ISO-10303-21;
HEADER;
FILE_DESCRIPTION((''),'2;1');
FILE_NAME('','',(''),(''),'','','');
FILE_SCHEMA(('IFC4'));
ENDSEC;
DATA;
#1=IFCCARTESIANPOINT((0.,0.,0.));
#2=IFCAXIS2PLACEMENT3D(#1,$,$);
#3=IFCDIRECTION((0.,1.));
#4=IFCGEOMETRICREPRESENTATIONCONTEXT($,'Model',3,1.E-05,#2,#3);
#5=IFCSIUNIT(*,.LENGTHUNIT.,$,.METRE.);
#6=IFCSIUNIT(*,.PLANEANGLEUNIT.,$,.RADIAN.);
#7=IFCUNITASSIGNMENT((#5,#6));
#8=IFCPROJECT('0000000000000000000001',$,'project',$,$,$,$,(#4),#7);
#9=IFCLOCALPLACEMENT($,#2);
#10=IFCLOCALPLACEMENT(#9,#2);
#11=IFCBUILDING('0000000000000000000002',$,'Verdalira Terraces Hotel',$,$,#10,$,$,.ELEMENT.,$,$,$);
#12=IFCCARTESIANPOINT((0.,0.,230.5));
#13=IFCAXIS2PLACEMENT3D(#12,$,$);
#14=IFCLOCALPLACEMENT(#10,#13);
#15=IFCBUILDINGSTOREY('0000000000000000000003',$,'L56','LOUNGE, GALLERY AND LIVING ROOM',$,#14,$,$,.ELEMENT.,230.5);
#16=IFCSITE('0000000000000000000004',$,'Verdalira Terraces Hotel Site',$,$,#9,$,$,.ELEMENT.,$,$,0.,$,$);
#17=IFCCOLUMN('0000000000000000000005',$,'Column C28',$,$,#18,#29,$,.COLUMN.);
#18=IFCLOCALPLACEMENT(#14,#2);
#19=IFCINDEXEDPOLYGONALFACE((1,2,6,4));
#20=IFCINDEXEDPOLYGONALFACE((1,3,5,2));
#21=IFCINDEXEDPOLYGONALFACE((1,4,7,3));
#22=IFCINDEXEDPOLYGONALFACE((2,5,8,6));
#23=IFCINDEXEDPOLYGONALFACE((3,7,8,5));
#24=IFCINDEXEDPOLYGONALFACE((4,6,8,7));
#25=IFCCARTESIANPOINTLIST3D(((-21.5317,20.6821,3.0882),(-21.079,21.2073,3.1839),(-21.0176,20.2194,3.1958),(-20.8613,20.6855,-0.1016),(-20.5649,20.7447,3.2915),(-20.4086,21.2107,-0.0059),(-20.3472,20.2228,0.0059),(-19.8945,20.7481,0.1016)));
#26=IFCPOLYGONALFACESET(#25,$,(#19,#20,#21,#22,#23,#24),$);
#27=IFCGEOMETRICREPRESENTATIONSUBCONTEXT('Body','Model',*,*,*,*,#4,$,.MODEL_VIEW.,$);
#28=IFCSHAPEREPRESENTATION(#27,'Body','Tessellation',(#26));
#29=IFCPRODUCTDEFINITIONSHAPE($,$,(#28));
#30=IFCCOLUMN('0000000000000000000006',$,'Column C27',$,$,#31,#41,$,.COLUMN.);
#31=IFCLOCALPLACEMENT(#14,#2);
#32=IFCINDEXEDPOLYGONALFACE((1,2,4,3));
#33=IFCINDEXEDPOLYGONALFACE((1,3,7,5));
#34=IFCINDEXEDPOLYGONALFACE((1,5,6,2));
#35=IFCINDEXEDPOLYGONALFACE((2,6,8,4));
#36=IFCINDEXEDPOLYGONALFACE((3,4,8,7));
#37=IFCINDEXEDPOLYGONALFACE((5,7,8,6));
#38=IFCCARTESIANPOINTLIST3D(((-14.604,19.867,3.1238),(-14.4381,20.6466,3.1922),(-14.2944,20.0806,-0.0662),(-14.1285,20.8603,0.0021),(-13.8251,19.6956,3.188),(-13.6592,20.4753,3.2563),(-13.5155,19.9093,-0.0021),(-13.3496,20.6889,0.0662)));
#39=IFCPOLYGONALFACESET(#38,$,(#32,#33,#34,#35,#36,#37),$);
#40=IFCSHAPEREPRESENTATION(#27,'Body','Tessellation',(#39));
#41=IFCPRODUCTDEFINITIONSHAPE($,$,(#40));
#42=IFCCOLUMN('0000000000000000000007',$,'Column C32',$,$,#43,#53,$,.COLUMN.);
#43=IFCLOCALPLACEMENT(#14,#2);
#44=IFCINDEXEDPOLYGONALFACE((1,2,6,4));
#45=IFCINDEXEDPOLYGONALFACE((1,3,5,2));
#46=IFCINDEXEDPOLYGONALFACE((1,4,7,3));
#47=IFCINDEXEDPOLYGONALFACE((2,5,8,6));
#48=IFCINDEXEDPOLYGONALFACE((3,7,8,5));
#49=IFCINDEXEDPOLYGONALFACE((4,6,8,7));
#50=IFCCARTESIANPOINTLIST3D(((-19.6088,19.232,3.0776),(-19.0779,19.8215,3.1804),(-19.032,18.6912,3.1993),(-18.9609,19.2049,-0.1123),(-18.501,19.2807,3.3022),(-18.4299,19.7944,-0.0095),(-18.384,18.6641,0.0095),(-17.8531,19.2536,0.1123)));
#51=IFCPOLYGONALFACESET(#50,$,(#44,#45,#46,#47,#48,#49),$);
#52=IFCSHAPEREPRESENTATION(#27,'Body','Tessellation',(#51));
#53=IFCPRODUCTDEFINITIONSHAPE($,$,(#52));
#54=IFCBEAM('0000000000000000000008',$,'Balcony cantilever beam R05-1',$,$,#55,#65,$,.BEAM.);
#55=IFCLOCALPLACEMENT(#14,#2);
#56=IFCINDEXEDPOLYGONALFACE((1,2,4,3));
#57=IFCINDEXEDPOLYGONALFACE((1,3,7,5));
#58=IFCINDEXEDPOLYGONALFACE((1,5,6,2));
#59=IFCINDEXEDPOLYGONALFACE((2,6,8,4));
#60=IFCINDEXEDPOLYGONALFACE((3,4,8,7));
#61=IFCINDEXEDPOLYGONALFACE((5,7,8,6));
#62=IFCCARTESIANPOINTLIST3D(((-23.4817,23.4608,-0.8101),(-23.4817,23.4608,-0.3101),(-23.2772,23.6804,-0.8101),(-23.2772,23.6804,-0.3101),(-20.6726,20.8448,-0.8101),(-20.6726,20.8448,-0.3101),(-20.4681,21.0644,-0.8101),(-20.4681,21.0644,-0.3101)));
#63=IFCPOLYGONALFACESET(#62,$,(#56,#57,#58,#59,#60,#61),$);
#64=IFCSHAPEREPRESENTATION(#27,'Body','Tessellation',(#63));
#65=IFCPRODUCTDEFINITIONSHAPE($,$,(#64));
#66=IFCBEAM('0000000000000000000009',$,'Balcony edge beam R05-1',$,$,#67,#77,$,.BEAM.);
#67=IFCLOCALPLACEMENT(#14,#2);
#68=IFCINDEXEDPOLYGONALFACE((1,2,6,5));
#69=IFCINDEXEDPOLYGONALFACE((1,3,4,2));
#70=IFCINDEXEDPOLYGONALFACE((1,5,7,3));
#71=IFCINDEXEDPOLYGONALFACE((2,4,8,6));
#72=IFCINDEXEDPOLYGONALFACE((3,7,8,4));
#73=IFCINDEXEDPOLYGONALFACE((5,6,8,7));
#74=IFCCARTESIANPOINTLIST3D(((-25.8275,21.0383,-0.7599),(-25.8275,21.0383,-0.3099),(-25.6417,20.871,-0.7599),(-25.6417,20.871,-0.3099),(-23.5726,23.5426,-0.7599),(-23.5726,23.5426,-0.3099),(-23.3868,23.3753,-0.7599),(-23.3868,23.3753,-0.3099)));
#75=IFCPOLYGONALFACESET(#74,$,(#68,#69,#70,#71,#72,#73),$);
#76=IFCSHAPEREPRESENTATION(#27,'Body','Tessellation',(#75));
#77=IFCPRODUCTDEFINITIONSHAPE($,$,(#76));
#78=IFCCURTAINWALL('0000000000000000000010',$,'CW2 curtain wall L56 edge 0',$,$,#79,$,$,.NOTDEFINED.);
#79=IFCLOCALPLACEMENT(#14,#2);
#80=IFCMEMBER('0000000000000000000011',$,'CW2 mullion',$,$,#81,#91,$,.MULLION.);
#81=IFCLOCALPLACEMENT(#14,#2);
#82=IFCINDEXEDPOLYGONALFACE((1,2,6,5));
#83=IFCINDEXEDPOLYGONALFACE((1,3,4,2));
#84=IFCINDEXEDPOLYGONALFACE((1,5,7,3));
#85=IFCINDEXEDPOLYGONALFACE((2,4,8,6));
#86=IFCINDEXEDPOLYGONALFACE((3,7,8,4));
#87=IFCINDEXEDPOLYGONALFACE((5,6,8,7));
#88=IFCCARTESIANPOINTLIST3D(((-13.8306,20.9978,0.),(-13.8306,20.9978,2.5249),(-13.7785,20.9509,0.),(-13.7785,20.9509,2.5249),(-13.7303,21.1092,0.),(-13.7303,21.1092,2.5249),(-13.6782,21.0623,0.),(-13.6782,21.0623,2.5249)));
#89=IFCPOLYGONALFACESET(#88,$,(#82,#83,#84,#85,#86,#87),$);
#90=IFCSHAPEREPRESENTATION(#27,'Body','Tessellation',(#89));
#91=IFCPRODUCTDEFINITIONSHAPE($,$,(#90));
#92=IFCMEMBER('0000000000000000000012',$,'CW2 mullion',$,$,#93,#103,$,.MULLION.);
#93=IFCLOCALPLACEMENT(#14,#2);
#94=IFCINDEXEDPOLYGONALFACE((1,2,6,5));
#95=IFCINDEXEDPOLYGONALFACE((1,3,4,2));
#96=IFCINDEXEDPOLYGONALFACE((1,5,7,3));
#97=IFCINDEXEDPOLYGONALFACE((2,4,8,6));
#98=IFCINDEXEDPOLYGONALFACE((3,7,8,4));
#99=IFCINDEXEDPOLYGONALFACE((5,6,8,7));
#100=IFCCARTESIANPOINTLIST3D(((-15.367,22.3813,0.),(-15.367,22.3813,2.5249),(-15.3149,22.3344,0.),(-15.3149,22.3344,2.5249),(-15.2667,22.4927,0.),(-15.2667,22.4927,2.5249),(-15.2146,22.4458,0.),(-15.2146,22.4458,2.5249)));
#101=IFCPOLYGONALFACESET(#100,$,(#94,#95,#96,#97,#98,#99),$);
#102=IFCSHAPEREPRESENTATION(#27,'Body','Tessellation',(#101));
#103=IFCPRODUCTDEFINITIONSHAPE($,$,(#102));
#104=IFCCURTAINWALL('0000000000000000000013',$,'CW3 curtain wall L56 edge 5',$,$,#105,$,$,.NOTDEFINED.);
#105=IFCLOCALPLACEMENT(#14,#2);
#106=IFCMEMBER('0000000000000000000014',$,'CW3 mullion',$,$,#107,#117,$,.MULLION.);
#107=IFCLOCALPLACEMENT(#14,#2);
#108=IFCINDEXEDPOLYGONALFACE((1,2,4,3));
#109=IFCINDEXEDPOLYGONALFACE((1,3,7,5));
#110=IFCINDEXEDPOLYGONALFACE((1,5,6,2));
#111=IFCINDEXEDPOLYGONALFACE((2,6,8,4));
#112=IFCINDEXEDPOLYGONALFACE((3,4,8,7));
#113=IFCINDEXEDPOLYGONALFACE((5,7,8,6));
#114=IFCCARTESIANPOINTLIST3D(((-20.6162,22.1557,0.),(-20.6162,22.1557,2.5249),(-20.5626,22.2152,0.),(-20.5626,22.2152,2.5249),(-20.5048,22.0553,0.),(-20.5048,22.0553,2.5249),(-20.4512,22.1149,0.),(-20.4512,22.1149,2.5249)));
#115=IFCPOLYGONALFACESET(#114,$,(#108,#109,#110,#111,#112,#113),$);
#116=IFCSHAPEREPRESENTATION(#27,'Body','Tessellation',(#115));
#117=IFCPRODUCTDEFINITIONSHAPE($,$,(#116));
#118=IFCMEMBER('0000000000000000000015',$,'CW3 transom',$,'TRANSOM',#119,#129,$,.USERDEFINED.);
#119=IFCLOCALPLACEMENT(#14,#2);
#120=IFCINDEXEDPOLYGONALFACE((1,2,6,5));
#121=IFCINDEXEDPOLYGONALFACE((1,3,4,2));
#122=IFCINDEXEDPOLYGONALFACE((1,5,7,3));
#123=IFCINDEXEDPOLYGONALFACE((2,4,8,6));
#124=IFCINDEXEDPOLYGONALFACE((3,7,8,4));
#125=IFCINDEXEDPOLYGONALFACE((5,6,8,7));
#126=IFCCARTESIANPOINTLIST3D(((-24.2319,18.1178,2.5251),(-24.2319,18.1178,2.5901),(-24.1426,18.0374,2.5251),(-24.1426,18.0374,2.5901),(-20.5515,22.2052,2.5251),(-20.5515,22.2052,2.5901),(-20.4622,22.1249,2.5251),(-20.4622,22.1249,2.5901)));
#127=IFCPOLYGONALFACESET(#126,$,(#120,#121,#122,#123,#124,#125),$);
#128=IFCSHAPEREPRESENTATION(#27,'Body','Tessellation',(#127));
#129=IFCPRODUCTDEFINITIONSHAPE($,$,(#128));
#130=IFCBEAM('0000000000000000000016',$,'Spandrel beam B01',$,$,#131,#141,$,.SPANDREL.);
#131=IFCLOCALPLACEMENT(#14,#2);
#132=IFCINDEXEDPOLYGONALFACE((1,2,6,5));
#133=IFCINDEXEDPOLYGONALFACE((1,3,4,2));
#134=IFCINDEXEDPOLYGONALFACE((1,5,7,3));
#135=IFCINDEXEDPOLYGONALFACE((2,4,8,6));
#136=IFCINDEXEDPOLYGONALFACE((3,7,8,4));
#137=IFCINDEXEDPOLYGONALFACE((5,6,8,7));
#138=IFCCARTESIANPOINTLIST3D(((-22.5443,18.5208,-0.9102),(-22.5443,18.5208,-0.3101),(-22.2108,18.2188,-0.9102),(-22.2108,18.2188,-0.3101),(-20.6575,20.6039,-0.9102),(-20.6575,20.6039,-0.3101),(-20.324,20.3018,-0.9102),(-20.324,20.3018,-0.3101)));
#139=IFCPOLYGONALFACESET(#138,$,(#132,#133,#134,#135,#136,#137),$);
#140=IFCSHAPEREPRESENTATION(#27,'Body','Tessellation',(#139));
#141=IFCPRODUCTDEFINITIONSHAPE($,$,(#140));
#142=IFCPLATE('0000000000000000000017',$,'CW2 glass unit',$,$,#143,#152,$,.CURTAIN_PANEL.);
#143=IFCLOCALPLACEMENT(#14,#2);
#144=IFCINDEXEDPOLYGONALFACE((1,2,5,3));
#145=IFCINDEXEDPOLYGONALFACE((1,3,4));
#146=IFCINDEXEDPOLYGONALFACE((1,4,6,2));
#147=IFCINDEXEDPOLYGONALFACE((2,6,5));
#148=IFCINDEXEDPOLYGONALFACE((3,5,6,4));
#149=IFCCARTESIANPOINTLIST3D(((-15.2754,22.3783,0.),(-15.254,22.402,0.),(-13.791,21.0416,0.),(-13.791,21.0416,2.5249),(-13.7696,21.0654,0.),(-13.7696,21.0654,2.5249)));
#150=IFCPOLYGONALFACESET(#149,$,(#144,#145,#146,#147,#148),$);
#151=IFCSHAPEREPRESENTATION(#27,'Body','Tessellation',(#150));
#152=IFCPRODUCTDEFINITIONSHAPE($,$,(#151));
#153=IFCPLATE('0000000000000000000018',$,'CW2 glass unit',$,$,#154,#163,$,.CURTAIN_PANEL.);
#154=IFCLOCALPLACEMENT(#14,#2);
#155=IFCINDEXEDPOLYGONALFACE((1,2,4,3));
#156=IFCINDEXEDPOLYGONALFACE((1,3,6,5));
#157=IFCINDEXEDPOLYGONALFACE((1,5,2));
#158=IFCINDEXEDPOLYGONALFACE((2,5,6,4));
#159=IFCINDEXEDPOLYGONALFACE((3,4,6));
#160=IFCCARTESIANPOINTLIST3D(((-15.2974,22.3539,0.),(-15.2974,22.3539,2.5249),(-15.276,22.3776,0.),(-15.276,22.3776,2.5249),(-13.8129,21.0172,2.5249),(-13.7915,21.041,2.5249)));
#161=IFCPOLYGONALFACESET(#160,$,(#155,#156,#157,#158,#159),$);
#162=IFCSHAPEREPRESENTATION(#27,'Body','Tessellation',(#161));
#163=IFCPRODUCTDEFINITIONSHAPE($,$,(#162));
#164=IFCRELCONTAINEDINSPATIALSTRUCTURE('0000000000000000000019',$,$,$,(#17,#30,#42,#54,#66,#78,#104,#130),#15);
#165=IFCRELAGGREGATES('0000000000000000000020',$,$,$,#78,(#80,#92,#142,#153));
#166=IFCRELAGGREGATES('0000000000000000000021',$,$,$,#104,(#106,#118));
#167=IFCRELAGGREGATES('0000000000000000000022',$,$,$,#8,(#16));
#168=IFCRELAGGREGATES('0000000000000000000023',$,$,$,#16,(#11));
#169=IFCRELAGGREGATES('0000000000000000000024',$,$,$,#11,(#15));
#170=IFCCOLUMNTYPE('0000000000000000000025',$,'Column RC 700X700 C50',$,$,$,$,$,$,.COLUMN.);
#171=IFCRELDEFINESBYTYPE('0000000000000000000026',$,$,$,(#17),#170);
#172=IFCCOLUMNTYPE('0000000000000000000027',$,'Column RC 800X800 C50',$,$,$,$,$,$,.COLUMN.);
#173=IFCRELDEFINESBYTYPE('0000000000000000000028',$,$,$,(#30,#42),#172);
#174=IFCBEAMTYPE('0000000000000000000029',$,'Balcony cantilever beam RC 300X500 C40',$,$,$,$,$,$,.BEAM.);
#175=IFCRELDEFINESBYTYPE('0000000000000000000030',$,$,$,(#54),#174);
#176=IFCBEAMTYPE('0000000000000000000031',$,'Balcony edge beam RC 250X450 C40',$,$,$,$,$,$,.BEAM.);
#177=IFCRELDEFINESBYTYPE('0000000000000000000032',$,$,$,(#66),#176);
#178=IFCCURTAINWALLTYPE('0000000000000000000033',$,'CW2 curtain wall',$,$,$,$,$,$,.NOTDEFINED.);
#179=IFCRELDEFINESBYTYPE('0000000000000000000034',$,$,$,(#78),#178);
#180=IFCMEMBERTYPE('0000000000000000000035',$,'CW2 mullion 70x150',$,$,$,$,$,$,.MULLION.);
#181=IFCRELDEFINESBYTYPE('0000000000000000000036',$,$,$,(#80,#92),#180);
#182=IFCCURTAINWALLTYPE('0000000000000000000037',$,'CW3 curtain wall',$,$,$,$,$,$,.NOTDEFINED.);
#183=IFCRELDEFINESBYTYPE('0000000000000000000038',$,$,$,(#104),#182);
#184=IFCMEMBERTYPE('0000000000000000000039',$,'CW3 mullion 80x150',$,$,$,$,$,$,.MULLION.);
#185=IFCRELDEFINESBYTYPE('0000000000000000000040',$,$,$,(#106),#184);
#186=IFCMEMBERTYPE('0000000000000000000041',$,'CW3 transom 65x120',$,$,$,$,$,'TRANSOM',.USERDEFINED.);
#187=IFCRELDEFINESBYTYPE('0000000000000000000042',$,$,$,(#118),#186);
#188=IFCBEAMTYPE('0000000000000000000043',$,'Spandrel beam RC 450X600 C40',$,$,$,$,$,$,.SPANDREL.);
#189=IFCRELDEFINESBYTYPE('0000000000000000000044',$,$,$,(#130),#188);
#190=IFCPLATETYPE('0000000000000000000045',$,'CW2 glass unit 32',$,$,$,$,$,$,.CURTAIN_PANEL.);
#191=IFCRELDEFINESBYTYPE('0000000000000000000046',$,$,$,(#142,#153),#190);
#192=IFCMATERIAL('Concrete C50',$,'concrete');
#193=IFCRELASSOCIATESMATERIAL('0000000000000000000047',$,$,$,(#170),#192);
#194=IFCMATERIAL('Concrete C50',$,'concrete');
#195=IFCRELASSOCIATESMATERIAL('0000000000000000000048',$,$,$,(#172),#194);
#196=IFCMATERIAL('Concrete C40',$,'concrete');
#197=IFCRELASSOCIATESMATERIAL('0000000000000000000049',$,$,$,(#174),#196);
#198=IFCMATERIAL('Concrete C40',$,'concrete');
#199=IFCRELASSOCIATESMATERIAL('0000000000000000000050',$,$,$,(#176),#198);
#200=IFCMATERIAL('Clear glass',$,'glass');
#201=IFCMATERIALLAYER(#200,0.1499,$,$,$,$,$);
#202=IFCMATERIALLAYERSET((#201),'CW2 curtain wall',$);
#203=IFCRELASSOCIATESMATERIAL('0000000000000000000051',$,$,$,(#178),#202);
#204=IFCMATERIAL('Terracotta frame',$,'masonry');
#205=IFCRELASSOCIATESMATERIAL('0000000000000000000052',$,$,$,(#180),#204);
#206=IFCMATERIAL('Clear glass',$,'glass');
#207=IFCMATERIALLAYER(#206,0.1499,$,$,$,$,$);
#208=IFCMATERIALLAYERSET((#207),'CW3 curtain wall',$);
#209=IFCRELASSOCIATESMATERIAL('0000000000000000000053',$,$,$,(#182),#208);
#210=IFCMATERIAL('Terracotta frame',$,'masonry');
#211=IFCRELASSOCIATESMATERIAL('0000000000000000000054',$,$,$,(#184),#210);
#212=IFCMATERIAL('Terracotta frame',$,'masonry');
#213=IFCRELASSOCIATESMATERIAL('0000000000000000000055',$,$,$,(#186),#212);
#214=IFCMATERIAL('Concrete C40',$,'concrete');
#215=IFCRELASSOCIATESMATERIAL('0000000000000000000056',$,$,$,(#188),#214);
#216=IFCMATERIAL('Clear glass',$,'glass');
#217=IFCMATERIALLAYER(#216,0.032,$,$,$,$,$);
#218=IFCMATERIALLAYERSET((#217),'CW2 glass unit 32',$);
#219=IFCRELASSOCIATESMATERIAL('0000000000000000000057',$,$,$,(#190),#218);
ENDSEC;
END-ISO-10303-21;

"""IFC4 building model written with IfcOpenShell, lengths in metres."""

from ifc_helpers import new_model, si_unit, direction, frame, origin, origin_2d, place, context, subcontext, project, spatial, polyline, rectangle, outline, extrude, material, layer, layer_set, material_profile, profile_set, type_object, element, aggregate, save


model = new_model("IFC4")

# Units and contexts
model_context = context("Model", 3, precision=1e-05, world=origin(), true_north=direction((0.0, 1.0)))
body_context = subcontext(model_context, "Body", "Model", "MODEL_VIEW")
ifc_project = project(units=[si_unit("LENGTHUNIT", "METRE"), si_unit("PLANEANGLEUNIT", "RADIAN")], contexts=[model_context])

# Site, building, storey
site_placement = place(None, origin())
site = spatial("IfcSite", under=ifc_project, at=site_placement, Name="Verdalira Terraces Hotel Site", CompositionType="ELEMENT", RefElevation=0.0)
building_placement = place(site_placement, origin())
building = spatial("IfcBuilding", under=site, at=building_placement, Name="Verdalira Terraces Hotel", CompositionType="ELEMENT")
storey_placement = place(building_placement, frame((0.0, 0.0, 230.5)))
storey = spatial("IfcBuildingStorey", under=building, at=storey_placement, Name="L56", Description="LOUNGE, GALLERY AND LIVING ROOM", CompositionType="ELEMENT", Elevation=230.5)

# Columns
ifc_material_1 = material(Name="Concrete C50", Category="concrete")
ifc_material_profile_1 = material_profile(ifc_material_1, rectangle(XDim=0.7, YDim=0.7, at=origin_2d()), Name="RC 700X700")
ifc_profile_set_1 = profile_set([ifc_material_profile_1], Name="Concrete C50")
column_type_1 = type_object("IfcColumnType", Name="Column RC 700X700 C50", PredefinedType="COLUMN", material=ifc_profile_set_1)
column_1_placement = place(storey_placement, frame((-20.3779, 20.7168, 0.0), z_axis=(-0.205671, -0.001049, 0.978621), x_axis=(-0.646714, -0.750379, -0.13672)))
element("IfcColumn", 1, at=column_1_placement, inside=storey, type_object=column_type_1, Name="Column C28", PredefinedType="COLUMN", context=body_context, shape_type="SweptSolid", body=[
    extrude(rectangle(XDim=0.7, YDim=0.7, at=origin_2d()), origin(), (0.0, 0.0, 1.0), 3.2595),
])
ifc_material_2 = material(Name="Concrete C50", Category="concrete")
ifc_material_profile_2 = material_profile(ifc_material_2, rectangle(XDim=0.8, YDim=0.8, at=origin_2d()), Name="RC 800X800")
ifc_profile_set_2 = profile_set([ifc_material_profile_2], Name="Concrete C50")
column_type_2 = type_object("IfcColumnType", Name="Column RC 800X800 C50", PredefinedType="COLUMN", material=ifc_profile_set_2)
column_2_placement = place(storey_placement, frame((-13.822, 20.3848, 0.0), z_axis=(-0.096378, -0.066507, 0.99312), x_axis=(0.973508, -0.214152, 0.080134)))
element("IfcColumn", 2, at=column_2_placement, inside=storey, type_object=column_type_2, Name="Column C27", PredefinedType="COLUMN", context=body_context, shape_type="SweptSolid", body=[
    extrude(rectangle(XDim=0.8, YDim=0.8, at=origin_2d()), origin(), (0.0, 0.0, 1.0), 3.2122),
])
column_3_placement = place(storey_placement, frame((-18.407, 19.2292, 0.0), z_axis=(-0.199051, 0.008325, 0.979954), x_axis=(-0.72106, 0.675948, -0.152206)))
element("IfcColumn", 3, at=column_3_placement, inside=storey, type_object=column_type_2, Name="Column C32", PredefinedType="COLUMN", context=body_context, shape_type="SweptSolid", body=[
    extrude(rectangle(XDim=0.8, YDim=0.8, at=origin_2d()), origin(), (0.0, 0.0, 1.0), 3.2551),
])

# Beams
ifc_material_3 = material(Name="Concrete C40", Category="concrete")
ifc_material_profile_3 = material_profile(ifc_material_3, rectangle(XDim=0.3, YDim=0.5, at=origin_2d()), Name="RC 300X500")
ifc_profile_set_3 = profile_set([ifc_material_profile_3], Name="Concrete C40")
beam_type_1 = type_object("IfcBeamType", Name="Balcony cantilever beam RC 300X500 C40", PredefinedType="BEAM", material=ifc_profile_set_3)
beam_1_placement = place(storey_placement, frame((-20.5703, 20.9546, -0.5601), z_axis=(-0.731814, 0.681504, 0.0), x_axis=(-0.681504, -0.731814, 0.0)))
element("IfcBeam", 4, at=beam_1_placement, inside=storey, type_object=beam_type_1, Name="Balcony cantilever beam R05-1", PredefinedType="BEAM", context=body_context, shape_type="SweptSolid", body=[
    extrude(rectangle(XDim=0.3, YDim=0.5, at=origin_2d()), origin(), (0.0, 0.0, 1.0), 3.8386),
])
ifc_material_4 = material(Name="Concrete C40", Category="concrete")
ifc_material_profile_4 = material_profile(ifc_material_4, rectangle(XDim=0.25, YDim=0.45, at=origin_2d()), Name="RC 250X450")
ifc_profile_set_4 = profile_set([ifc_material_profile_4], Name="Concrete C40")
beam_type_2 = type_object("IfcBeamType", Name="Balcony edge beam RC 250X450 C40", PredefinedType="BEAM", material=ifc_profile_set_4)
beam_2_placement = place(storey_placement, frame((-23.4797, 23.459, -0.5349), z_axis=(-0.669117, -0.743157, 0.0), x_axis=(0.743157, -0.669117, 0.0)))
element("IfcBeam", 5, at=beam_2_placement, inside=storey, type_object=beam_type_2, Name="Balcony edge beam R05-1", PredefinedType="BEAM", context=body_context, shape_type="SweptSolid", body=[
    extrude(rectangle(XDim=0.25, YDim=0.45, at=origin_2d()), origin(), (0.0, 0.0, 1.0), 3.3699),
])

# Curtain walls, members
ifc_material_5 = material(Name="Clear glass", Category="glass")
ifc_layer_1 = layer(ifc_material_5, 0.1499)
ifc_layer_set_1 = layer_set([ifc_layer_1], Name="CW2 curtain wall")
curtain_wall_type_1 = type_object("IfcCurtainWallType", Name="CW2 curtain wall", PredefinedType="NOTDEFINED", material=ifc_layer_set_1)
curtain_wall_1_placement = place(storey_placement, origin())
curtain_wall_1 = element("IfcCurtainWall", 6, at=curtain_wall_1_placement, inside=storey, type_object=curtain_wall_type_1, Name="CW2 curtain wall L56 edge 0", PredefinedType="NOTDEFINED")
ifc_material_6 = material(Name="Terracotta frame", Category="masonry")
ifc_material_profile_5 = material_profile(ifc_material_6, rectangle(XDim=0.0701, YDim=0.1499, at=origin_2d()), Name="MU 70x150")
ifc_profile_set_5 = profile_set([ifc_material_profile_5], Name="Terracotta frame")
member_type_1 = type_object("IfcMemberType", Name="CW2 mullion 70x150", PredefinedType="MULLION", material=ifc_profile_set_5)
member_1_placement = place(storey_placement, frame((-13.7544, 21.03, 0.0), z_axis=(0.0, 0.0, 1.0), x_axis=(-0.743145, 0.669131, 0.0)))
member_1 = element("IfcMember", 7, at=member_1_placement, type_object=member_type_1, Name="CW2 mullion", PredefinedType="MULLION", context=body_context, shape_type="SweptSolid", body=[
    extrude(rectangle(XDim=0.0701, YDim=0.1499, at=origin_2d()), origin(), (0.0, 0.0, 1.0), 2.5249),
])
member_2_placement = place(storey_placement, frame((-15.2908, 22.4136, 0.0), z_axis=(0.0, 0.0, 1.0), x_axis=(-0.743145, 0.669131, 0.0)))
member_2 = element("IfcMember", 8, at=member_2_placement, type_object=member_type_1, Name="CW2 mullion", PredefinedType="MULLION", context=body_context, shape_type="SweptSolid", body=[
    extrude(rectangle(XDim=0.0701, YDim=0.1499, at=origin_2d()), origin(), (0.0, 0.0, 1.0), 2.5249),
])
ifc_material_7 = material(Name="Clear glass", Category="glass")
ifc_layer_2 = layer(ifc_material_7, 0.1499)
ifc_layer_set_2 = layer_set([ifc_layer_2], Name="CW3 curtain wall")
curtain_wall_type_2 = type_object("IfcCurtainWallType", Name="CW3 curtain wall", PredefinedType="NOTDEFINED", material=ifc_layer_set_2)
curtain_wall_2_placement = place(storey_placement, origin())
curtain_wall_2 = element("IfcCurtainWall", 9, at=curtain_wall_2_placement, inside=storey, type_object=curtain_wall_type_2, Name="CW3 curtain wall L56 edge 5", PredefinedType="NOTDEFINED")
ifc_material_8 = material(Name="Terracotta frame", Category="masonry")
ifc_material_profile_6 = material_profile(ifc_material_8, rectangle(XDim=0.0801, YDim=0.1499, at=origin_2d()), Name="MU 80x150")
ifc_profile_set_6 = profile_set([ifc_material_profile_6], Name="Terracotta frame")
member_type_2 = type_object("IfcMemberType", Name="CW3 mullion 80x150", PredefinedType="MULLION", material=ifc_profile_set_6)
member_3_placement = place(storey_placement, frame((-20.5337, 22.1353, 0.0), z_axis=(0.0, 0.0, 1.0), x_axis=(-0.669131, -0.743145, 0.0)))
member_3 = element("IfcMember", 10, at=member_3_placement, type_object=member_type_2, Name="CW3 mullion", PredefinedType="MULLION", context=body_context, shape_type="SweptSolid", body=[
    extrude(rectangle(XDim=0.0801, YDim=0.1499, at=origin_2d()), origin(), (0.0, 0.0, 1.0), 2.5249),
])
ifc_material_9 = material(Name="Terracotta frame", Category="masonry")
ifc_material_profile_7 = material_profile(ifc_material_9, rectangle(XDim=0.1201, YDim=0.0649, at=origin_2d()), Name="TR 65x120")
ifc_profile_set_7 = profile_set([ifc_material_profile_7], Name="Terracotta frame")
member_type_3 = type_object("IfcMemberType", Name="CW3 transom 65x120", ElementType="TRANSOM", PredefinedType="USERDEFINED", material=ifc_profile_set_7)
member_4_placement = place(storey_placement, frame((-20.5068, 22.165, 2.5576), z_axis=(-0.669141, -0.743135, 0.0), x_axis=(0.743135, -0.669141, 0.0)))
member_4 = element("IfcMember", 11, at=member_4_placement, type_object=member_type_3, Name="CW3 transom", ObjectType="TRANSOM", PredefinedType="USERDEFINED", context=body_context, shape_type="SweptSolid", body=[
    extrude(rectangle(XDim=0.1201, YDim=0.0649, at=origin_2d()), origin(), (0.0, 0.0, 1.0), 5.5002),
])

# Beam
ifc_material_10 = material(Name="Concrete C40", Category="concrete")
ifc_material_profile_8 = material_profile(ifc_material_10, rectangle(XDim=0.45, YDim=0.6001, at=origin_2d()), Name="RC 450X600")
ifc_profile_set_8 = profile_set([ifc_material_profile_8], Name="Concrete C40")
beam_type_3 = type_object("IfcBeamType", Name="Spandrel beam RC 450X600 C40", PredefinedType="SPANDREL", material=ifc_profile_set_8)
beam_3_placement = place(storey_placement, frame((-20.4907, 20.4529, -0.6101), z_axis=(-0.671323, -0.741165, 0.0), x_axis=(0.741165, -0.671323, 0.0)))
element("IfcBeam", 12, at=beam_3_placement, inside=storey, type_object=beam_type_3, Name="Spandrel beam B01", PredefinedType="SPANDREL", context=body_context, shape_type="SweptSolid", body=[
    extrude(rectangle(XDim=0.45, YDim=0.6001, at=origin_2d()), origin(), (0.0, 0.0, 1.0), 2.8105),
])

# Plates
ifc_material_11 = material(Name="Clear glass", Category="glass")
ifc_layer_3 = layer(ifc_material_11, 0.032)
ifc_layer_set_3 = layer_set([ifc_layer_3], Name="CW2 glass unit 32")
plate_type_1 = type_object("IfcPlateType", Name="CW2 glass unit 32", PredefinedType="CURTAIN_PANEL", material=ifc_layer_set_3)
plate_1_placement = place(storey_placement, frame((-14.5332, 21.71, 1.2625), z_axis=(0.669131, 0.743145, 0.0), x_axis=(-0.743145, 0.669131, 0.0)))
plate_1 = element("IfcPlate", 13, at=plate_1_placement, type_object=plate_type_1, Name="CW2 glass unit", PredefinedType="CURTAIN_PANEL", context=body_context, shape_type="SweptSolid", body=[
    extrude(outline(polyline([(-0.9988, -1.2625), (0.9988, -1.2625), (-0.9988, 1.2625), (-0.9988, -1.2625)])), origin(), (0.0, 0.0, 1.0), 0.032),
])
plate_2_placement = place(storey_placement, frame((-14.5552, 21.6855, 1.2625), z_axis=(0.669131, 0.743145, 0.0), x_axis=(-0.743145, 0.669131, 0.0)))
plate_2 = element("IfcPlate", 14, at=plate_2_placement, type_object=plate_type_1, Name="CW2 glass unit", PredefinedType="CURTAIN_PANEL", context=body_context, shape_type="SweptSolid", body=[
    extrude(outline(polyline([(0.9988, -1.2625), (0.9988, 1.2625), (-0.9988, 1.2625), (0.9988, -1.2625)])), origin(), (0.0, 0.0, 1.0), 0.032),
])
aggregate(curtain_wall_1, [member_1, member_2, plate_1, plate_2])
aggregate(curtain_wall_2, [member_3, member_4])

save(model, "model.ifc")
